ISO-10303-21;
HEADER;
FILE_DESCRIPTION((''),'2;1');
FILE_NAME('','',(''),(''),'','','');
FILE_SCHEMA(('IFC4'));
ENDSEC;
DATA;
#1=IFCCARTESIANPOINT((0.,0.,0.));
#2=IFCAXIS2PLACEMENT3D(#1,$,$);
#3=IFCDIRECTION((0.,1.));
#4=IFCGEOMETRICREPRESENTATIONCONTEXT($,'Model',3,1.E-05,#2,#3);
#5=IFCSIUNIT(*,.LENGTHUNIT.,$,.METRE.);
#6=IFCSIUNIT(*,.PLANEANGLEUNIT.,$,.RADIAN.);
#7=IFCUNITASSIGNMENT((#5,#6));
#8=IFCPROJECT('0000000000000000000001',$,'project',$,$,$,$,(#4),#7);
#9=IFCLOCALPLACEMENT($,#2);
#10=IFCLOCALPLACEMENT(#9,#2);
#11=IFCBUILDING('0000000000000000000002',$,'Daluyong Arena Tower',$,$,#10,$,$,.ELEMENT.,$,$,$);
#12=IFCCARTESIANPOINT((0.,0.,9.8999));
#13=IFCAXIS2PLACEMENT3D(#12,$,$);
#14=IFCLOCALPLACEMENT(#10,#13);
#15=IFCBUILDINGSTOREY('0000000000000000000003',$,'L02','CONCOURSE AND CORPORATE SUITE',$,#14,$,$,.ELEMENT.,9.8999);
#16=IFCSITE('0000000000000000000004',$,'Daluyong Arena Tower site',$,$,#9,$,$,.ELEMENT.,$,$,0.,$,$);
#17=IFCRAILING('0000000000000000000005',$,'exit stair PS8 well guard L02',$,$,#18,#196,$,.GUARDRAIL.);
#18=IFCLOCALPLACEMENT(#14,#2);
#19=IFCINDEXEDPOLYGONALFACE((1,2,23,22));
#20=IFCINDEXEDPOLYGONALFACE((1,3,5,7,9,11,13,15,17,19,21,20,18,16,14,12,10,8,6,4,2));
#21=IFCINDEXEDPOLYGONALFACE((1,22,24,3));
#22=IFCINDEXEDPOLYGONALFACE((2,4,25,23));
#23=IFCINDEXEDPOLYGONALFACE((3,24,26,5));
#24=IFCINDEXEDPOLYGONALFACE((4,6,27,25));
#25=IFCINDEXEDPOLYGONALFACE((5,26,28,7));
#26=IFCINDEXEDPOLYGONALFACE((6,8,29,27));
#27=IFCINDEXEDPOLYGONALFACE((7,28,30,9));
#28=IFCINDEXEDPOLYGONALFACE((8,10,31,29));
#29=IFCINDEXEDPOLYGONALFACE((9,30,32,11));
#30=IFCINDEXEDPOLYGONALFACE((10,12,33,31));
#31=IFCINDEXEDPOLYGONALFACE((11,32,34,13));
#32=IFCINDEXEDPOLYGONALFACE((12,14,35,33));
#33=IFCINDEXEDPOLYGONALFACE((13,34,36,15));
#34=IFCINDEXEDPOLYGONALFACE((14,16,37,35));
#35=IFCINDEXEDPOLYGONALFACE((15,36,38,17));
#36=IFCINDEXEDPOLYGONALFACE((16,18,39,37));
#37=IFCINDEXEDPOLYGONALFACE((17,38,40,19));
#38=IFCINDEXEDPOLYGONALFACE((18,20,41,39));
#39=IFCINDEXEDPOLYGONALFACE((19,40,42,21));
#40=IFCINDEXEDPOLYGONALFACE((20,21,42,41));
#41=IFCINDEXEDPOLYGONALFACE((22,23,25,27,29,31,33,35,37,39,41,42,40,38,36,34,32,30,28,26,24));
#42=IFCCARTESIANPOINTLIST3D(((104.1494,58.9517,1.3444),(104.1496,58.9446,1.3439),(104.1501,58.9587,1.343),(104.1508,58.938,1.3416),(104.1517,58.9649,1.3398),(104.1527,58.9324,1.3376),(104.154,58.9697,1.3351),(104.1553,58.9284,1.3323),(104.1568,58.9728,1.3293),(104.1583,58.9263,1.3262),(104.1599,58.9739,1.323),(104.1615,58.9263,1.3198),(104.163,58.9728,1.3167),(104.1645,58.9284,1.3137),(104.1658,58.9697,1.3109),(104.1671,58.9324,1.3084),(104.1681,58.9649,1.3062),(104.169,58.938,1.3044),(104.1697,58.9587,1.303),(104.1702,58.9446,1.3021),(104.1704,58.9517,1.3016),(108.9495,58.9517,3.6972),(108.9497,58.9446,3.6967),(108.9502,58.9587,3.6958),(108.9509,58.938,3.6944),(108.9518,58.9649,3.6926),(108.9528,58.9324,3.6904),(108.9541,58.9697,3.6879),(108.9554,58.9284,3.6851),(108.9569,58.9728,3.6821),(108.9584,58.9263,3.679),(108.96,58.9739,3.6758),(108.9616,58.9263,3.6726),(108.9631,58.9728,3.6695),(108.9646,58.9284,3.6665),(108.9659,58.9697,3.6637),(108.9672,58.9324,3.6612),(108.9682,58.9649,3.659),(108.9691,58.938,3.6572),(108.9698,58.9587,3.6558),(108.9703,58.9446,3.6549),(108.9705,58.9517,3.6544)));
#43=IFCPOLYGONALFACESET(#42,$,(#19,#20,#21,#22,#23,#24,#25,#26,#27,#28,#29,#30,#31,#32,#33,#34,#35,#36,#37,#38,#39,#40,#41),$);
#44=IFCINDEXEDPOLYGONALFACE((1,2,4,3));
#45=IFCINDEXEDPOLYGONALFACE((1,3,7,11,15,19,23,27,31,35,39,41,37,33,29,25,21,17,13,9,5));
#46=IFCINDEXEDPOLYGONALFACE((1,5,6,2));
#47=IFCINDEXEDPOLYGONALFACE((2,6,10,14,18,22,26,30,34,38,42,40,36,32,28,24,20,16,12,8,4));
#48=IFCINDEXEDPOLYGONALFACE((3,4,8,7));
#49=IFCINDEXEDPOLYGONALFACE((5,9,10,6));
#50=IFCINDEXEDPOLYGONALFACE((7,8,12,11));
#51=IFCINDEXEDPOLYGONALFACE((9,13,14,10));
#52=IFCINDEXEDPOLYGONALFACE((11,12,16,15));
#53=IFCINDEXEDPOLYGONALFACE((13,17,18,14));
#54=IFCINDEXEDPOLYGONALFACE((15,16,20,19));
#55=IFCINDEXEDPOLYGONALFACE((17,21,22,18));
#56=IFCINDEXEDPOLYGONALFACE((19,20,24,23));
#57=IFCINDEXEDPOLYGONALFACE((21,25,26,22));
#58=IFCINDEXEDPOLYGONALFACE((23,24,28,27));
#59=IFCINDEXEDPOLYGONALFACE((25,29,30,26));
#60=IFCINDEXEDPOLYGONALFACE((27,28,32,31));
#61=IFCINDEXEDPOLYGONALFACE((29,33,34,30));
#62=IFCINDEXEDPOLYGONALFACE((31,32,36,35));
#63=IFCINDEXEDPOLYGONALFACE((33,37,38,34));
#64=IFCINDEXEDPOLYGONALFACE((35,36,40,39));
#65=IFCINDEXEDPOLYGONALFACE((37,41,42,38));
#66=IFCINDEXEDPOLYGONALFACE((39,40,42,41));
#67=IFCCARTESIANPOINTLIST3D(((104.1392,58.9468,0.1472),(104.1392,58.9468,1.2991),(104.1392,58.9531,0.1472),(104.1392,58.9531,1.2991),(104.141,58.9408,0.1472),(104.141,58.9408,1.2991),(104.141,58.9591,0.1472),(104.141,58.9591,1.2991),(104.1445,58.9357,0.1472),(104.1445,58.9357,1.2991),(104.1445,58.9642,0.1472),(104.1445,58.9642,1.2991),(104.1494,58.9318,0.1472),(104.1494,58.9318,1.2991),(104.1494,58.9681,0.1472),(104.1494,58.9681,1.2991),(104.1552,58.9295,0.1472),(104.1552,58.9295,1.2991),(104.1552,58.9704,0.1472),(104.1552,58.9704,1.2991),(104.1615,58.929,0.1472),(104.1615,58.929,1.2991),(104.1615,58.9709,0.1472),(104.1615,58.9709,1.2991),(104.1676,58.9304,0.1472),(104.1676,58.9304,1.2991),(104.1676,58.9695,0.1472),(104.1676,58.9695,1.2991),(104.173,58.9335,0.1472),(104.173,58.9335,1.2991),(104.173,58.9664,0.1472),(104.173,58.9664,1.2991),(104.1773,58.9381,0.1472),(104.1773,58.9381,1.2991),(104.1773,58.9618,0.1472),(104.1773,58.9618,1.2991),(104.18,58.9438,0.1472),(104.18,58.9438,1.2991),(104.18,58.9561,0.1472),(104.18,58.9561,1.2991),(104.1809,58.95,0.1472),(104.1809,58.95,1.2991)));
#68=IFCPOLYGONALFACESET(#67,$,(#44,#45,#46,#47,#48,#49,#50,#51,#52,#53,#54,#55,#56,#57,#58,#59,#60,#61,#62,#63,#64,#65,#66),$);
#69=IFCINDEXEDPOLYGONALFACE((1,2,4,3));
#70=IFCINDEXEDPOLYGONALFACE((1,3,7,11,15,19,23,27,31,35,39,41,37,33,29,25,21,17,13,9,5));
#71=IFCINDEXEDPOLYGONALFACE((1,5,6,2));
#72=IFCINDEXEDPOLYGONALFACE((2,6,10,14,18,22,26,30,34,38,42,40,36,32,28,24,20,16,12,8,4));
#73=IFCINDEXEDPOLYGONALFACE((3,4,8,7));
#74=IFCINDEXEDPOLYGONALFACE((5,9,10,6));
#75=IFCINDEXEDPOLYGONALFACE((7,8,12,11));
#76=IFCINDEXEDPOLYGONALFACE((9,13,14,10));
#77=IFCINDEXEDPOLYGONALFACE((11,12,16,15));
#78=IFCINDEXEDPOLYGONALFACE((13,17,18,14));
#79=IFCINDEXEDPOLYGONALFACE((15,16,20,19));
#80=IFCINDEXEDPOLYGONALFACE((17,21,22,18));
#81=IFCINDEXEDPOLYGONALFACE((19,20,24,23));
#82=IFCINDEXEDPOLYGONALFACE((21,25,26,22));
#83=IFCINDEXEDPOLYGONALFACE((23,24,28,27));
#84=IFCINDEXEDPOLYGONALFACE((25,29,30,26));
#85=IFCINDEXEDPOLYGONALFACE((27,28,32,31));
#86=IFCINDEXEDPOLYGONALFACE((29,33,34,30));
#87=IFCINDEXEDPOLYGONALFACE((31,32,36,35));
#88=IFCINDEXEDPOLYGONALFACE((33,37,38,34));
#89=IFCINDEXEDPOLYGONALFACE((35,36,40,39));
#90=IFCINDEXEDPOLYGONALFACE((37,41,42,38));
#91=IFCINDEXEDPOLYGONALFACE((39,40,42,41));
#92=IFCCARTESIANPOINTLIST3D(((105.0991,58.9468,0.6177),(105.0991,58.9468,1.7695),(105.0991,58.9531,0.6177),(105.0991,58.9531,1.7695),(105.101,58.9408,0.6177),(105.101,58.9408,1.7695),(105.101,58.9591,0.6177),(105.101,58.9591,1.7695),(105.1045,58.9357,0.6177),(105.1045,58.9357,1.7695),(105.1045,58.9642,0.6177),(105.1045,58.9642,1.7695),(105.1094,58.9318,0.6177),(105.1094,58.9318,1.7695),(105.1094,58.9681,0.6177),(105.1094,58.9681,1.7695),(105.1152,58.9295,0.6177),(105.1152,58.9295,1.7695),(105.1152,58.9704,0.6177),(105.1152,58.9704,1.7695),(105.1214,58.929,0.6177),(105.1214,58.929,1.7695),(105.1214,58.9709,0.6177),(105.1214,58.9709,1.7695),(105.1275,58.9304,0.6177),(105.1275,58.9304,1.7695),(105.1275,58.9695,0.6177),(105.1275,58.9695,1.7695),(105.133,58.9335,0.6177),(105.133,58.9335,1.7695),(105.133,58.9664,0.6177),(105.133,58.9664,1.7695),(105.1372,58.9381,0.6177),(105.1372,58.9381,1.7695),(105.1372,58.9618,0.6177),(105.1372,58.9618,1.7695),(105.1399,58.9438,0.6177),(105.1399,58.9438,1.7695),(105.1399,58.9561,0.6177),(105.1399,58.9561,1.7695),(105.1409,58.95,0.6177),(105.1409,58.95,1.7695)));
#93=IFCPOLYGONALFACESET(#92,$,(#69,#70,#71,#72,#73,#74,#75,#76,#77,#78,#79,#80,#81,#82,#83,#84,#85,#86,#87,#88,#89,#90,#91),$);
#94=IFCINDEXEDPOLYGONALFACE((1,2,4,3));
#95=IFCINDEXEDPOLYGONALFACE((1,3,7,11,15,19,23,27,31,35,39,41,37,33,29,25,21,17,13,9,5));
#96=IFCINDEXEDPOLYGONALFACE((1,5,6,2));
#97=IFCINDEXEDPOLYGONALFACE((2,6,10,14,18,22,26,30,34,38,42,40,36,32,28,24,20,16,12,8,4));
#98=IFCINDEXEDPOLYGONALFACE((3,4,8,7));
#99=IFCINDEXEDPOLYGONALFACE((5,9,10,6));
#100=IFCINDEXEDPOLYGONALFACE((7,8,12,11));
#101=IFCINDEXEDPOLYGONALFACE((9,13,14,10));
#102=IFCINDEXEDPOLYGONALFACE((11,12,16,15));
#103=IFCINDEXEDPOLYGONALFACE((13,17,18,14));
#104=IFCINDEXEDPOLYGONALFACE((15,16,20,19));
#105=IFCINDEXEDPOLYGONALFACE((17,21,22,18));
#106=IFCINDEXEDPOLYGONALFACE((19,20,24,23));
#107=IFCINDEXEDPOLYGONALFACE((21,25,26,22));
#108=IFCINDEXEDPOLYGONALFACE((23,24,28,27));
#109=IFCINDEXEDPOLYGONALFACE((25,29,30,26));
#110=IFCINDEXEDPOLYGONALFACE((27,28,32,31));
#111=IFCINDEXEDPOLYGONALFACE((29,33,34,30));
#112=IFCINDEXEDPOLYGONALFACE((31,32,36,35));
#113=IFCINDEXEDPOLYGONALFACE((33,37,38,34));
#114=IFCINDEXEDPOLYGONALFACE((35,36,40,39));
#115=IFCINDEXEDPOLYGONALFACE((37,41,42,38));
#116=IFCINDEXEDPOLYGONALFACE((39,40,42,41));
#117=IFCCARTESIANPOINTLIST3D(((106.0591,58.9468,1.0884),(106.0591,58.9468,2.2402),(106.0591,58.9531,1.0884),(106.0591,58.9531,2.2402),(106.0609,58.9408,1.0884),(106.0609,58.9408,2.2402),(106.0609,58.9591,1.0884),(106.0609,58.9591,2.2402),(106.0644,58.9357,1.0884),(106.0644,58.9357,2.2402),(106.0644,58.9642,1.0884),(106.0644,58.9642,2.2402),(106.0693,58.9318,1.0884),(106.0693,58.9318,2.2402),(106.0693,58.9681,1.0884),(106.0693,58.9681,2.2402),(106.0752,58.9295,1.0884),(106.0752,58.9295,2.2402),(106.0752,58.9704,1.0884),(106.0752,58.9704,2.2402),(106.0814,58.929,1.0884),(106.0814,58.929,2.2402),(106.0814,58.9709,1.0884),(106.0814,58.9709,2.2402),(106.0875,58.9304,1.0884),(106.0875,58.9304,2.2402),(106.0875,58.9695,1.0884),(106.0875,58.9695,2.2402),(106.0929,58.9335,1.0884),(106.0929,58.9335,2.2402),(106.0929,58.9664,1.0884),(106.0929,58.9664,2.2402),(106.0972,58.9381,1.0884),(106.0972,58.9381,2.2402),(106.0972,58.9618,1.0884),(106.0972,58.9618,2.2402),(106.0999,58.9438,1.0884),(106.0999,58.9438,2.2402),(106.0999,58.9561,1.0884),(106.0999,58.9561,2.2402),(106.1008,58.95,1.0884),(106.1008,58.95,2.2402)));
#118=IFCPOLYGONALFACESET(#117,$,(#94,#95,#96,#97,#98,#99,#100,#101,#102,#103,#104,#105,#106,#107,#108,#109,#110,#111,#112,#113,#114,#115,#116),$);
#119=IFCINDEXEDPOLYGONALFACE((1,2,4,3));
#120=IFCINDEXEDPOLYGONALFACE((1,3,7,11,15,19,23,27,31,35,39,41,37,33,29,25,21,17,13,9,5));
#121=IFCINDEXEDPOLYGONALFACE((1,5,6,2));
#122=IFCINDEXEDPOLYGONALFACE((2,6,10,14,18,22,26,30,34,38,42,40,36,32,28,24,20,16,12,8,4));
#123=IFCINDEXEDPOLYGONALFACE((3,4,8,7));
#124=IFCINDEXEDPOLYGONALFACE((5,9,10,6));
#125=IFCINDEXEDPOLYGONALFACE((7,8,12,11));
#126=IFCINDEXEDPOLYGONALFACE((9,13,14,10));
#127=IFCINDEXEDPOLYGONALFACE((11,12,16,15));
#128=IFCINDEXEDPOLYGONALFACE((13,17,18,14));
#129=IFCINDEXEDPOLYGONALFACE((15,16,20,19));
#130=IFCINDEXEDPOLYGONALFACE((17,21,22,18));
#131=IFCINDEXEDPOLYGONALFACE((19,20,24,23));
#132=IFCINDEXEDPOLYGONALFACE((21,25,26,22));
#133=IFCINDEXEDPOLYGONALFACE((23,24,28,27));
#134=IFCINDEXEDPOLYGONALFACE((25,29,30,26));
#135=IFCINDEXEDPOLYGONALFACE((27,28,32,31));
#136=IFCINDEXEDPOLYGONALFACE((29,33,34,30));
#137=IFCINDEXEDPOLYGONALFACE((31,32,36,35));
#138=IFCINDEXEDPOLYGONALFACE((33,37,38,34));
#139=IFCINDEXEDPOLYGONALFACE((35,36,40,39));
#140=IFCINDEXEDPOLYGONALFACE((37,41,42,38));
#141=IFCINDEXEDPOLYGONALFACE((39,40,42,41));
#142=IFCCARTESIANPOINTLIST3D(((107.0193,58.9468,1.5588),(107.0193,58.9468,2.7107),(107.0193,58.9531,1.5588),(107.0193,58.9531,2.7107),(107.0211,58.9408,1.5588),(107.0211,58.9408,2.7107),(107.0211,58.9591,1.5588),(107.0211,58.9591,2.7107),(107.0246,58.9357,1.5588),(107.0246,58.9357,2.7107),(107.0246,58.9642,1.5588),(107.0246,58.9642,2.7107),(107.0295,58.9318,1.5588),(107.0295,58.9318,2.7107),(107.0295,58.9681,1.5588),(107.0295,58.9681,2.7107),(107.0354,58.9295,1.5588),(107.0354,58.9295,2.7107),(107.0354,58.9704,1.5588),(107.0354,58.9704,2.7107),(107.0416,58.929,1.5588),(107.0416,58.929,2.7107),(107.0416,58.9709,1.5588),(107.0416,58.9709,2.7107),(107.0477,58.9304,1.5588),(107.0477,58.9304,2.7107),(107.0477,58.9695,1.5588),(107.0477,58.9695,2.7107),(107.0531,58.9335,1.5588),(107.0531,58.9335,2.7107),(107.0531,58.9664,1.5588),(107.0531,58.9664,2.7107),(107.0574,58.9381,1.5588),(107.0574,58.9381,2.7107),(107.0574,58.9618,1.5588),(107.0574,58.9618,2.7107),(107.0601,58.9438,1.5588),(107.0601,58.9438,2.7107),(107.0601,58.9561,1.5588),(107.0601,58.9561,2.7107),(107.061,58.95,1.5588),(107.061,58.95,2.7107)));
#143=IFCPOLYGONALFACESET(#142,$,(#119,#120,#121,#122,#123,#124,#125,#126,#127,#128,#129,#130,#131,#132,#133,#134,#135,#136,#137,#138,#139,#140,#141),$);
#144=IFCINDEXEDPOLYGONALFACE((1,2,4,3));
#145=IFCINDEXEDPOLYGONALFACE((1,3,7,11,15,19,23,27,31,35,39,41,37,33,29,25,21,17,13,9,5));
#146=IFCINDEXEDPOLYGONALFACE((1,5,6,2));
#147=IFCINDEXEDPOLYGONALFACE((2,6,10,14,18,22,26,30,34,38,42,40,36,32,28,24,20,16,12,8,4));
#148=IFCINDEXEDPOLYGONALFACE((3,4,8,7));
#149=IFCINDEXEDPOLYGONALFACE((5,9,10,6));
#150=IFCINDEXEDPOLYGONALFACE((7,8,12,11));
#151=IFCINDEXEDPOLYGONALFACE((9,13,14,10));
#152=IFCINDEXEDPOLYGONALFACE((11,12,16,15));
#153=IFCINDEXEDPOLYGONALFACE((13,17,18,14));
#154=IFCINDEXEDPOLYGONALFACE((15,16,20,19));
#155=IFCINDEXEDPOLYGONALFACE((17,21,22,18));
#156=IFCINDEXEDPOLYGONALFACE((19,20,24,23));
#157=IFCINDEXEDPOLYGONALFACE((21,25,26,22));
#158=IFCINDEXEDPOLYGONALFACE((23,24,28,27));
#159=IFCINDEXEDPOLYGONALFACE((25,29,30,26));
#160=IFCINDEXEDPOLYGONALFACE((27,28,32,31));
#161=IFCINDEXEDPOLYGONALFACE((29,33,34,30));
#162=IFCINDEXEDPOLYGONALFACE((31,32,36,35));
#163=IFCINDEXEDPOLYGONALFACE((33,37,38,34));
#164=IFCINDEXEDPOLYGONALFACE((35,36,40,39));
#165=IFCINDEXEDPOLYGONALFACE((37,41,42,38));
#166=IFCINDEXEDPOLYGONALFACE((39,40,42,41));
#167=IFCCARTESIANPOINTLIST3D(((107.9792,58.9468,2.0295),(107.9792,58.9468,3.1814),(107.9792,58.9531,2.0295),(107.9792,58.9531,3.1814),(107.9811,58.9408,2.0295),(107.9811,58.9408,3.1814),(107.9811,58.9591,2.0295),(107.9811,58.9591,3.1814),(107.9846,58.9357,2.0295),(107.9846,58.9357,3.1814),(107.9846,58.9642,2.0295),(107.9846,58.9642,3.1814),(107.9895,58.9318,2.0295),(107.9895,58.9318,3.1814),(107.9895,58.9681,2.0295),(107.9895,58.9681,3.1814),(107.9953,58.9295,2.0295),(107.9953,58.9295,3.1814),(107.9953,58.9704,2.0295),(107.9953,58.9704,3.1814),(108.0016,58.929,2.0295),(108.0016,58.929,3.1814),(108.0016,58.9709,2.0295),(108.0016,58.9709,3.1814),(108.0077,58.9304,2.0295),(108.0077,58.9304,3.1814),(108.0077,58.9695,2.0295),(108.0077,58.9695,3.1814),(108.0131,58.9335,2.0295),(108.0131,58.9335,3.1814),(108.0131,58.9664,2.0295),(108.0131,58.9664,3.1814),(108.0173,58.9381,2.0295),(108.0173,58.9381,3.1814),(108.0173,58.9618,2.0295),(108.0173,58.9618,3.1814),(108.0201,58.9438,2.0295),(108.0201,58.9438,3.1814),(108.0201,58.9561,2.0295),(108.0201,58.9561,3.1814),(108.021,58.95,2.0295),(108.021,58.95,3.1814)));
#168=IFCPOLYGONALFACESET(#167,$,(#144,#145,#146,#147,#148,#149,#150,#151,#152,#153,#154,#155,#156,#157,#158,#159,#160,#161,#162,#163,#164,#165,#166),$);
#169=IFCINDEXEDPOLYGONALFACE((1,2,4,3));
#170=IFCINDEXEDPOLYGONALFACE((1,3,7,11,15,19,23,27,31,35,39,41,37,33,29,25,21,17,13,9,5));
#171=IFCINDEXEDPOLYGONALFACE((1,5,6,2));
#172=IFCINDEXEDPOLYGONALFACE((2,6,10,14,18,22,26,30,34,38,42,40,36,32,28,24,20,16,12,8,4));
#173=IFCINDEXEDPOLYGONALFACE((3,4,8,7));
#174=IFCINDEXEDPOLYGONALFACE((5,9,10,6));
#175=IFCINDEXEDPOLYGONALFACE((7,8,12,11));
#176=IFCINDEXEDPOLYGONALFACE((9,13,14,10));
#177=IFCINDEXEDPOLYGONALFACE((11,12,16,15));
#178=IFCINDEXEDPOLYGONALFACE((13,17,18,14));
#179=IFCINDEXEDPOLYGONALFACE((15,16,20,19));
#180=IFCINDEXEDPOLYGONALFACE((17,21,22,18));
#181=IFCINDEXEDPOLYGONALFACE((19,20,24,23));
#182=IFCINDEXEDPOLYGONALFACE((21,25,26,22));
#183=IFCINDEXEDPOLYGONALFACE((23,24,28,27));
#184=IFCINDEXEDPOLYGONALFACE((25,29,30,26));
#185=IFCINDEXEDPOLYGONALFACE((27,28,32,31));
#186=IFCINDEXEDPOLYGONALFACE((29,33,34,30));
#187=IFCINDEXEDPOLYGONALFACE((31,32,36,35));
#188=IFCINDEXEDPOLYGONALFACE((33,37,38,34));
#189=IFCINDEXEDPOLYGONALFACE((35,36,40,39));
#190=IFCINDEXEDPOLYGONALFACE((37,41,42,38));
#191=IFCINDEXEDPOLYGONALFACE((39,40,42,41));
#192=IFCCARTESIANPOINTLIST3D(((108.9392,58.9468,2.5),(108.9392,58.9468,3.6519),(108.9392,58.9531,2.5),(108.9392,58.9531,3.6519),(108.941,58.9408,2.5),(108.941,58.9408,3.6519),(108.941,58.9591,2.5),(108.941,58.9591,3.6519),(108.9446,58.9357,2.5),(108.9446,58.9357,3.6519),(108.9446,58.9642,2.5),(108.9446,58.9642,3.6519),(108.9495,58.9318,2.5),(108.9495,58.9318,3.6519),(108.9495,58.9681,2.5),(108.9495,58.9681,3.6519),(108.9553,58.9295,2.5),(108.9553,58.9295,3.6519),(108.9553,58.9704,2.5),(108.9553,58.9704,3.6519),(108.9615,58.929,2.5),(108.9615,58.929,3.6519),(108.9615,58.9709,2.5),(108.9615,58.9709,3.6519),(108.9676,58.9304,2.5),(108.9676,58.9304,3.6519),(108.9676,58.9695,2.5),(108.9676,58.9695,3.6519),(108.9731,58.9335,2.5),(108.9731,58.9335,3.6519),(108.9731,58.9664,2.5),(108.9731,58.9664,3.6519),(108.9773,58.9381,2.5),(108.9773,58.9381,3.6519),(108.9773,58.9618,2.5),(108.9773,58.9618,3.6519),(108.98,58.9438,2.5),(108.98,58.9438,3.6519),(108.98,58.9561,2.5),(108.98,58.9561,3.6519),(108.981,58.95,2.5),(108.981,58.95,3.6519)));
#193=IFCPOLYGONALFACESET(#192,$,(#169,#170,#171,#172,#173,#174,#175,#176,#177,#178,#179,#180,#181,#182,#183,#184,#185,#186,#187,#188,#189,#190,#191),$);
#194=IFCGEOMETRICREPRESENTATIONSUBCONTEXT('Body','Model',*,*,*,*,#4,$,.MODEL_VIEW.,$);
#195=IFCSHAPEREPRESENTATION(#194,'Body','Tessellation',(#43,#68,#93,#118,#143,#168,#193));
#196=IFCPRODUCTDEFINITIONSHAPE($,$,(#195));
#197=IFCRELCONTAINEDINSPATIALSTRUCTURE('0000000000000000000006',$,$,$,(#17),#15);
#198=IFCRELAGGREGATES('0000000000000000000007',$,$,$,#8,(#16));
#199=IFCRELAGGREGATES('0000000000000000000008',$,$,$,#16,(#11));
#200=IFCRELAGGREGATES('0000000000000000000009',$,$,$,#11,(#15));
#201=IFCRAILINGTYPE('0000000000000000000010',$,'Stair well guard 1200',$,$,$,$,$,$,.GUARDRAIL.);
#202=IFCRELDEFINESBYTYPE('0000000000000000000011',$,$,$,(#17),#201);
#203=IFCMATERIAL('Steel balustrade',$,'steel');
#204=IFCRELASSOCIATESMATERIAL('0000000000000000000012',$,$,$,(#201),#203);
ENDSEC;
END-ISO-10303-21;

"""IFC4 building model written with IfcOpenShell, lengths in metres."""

from ifc_helpers import new_model, si_unit, direction, frame, origin, origin_2d, place, context, subcontext, project, spatial, circle, extrude, material, type_object, element, save


model = new_model("IFC4")

# Units and contexts
model_context = context("Model", 3, precision=1e-05, world=origin(), true_north=direction((0.0, 1.0)))
body_context = subcontext(model_context, "Body", "Model", "MODEL_VIEW")
ifc_project = project(units=[si_unit("LENGTHUNIT", "METRE"), si_unit("PLANEANGLEUNIT", "RADIAN")], contexts=[model_context])

# Site, building, storey
site_placement = place(None, origin())
site = spatial("IfcSite", under=ifc_project, at=site_placement, Name="Daluyong Arena Tower site", CompositionType="ELEMENT", RefElevation=0.0)
building_placement = place(site_placement, origin())
building = spatial("IfcBuilding", under=site, at=building_placement, Name="Daluyong Arena Tower", CompositionType="ELEMENT")
storey_placement = place(building_placement, frame((0.0, 0.0, 9.8999)))
storey = spatial("IfcBuildingStorey", under=building, at=storey_placement, Name="L02", Description="CONCOURSE AND CORPORATE SUITE", CompositionType="ELEMENT", Elevation=9.8999)

# Railing
ifc_material_1 = material(Name="Steel balustrade", Category="steel")
railing_type_1 = type_object("IfcRailingType", Name="Stair well guard 1200", PredefinedType="GUARDRAIL", material=ifc_material_1)
railing_1_placement = place(storey_placement, frame((104.1599, 58.95, 0.1472)))
element("IfcRailing", 1, at=railing_1_placement, inside=storey, type_object=railing_type_1, Name="exit stair PS8 well guard L02", PredefinedType="GUARDRAIL", context=body_context, shape_type="SweptSolid", body=[
    extrude(circle(Radius=0.0239, at=origin_2d()), frame((0.0, 0.0, 1.1758), z_axis=(0.897934, 0.0, 0.44013), x_axis=(0.0, 1.0, 0.0)), (0.0, 0.0, 1.0), 5.3457),
    extrude(circle(Radius=0.021, at=origin_2d()), origin(), (0.0, 0.0, 1.0), 1.1519),
    extrude(circle(Radius=0.021, at=origin_2d()), frame((0.96, 0.0, 0.4705)), (0.0, 0.0, 1.0), 1.1519),
    extrude(circle(Radius=0.021, at=origin_2d()), frame((1.9199, 0.0, 0.9412)), (0.0, 0.0, 1.0), 1.1519),
    extrude(circle(Radius=0.021, at=origin_2d()), frame((2.8801, 0.0, 1.4116)), (0.0, 0.0, 1.0), 1.1519),
    extrude(circle(Radius=0.021, at=origin_2d()), frame((3.8401, 0.0, 1.8823)), (0.0, 0.0, 1.0), 1.1519),
    extrude(circle(Radius=0.021, at=origin_2d()), frame((4.8, 0.0, 2.3528)), (0.0, 0.0, 1.0), 1.1519),
])

save(model, "model.ifc")
